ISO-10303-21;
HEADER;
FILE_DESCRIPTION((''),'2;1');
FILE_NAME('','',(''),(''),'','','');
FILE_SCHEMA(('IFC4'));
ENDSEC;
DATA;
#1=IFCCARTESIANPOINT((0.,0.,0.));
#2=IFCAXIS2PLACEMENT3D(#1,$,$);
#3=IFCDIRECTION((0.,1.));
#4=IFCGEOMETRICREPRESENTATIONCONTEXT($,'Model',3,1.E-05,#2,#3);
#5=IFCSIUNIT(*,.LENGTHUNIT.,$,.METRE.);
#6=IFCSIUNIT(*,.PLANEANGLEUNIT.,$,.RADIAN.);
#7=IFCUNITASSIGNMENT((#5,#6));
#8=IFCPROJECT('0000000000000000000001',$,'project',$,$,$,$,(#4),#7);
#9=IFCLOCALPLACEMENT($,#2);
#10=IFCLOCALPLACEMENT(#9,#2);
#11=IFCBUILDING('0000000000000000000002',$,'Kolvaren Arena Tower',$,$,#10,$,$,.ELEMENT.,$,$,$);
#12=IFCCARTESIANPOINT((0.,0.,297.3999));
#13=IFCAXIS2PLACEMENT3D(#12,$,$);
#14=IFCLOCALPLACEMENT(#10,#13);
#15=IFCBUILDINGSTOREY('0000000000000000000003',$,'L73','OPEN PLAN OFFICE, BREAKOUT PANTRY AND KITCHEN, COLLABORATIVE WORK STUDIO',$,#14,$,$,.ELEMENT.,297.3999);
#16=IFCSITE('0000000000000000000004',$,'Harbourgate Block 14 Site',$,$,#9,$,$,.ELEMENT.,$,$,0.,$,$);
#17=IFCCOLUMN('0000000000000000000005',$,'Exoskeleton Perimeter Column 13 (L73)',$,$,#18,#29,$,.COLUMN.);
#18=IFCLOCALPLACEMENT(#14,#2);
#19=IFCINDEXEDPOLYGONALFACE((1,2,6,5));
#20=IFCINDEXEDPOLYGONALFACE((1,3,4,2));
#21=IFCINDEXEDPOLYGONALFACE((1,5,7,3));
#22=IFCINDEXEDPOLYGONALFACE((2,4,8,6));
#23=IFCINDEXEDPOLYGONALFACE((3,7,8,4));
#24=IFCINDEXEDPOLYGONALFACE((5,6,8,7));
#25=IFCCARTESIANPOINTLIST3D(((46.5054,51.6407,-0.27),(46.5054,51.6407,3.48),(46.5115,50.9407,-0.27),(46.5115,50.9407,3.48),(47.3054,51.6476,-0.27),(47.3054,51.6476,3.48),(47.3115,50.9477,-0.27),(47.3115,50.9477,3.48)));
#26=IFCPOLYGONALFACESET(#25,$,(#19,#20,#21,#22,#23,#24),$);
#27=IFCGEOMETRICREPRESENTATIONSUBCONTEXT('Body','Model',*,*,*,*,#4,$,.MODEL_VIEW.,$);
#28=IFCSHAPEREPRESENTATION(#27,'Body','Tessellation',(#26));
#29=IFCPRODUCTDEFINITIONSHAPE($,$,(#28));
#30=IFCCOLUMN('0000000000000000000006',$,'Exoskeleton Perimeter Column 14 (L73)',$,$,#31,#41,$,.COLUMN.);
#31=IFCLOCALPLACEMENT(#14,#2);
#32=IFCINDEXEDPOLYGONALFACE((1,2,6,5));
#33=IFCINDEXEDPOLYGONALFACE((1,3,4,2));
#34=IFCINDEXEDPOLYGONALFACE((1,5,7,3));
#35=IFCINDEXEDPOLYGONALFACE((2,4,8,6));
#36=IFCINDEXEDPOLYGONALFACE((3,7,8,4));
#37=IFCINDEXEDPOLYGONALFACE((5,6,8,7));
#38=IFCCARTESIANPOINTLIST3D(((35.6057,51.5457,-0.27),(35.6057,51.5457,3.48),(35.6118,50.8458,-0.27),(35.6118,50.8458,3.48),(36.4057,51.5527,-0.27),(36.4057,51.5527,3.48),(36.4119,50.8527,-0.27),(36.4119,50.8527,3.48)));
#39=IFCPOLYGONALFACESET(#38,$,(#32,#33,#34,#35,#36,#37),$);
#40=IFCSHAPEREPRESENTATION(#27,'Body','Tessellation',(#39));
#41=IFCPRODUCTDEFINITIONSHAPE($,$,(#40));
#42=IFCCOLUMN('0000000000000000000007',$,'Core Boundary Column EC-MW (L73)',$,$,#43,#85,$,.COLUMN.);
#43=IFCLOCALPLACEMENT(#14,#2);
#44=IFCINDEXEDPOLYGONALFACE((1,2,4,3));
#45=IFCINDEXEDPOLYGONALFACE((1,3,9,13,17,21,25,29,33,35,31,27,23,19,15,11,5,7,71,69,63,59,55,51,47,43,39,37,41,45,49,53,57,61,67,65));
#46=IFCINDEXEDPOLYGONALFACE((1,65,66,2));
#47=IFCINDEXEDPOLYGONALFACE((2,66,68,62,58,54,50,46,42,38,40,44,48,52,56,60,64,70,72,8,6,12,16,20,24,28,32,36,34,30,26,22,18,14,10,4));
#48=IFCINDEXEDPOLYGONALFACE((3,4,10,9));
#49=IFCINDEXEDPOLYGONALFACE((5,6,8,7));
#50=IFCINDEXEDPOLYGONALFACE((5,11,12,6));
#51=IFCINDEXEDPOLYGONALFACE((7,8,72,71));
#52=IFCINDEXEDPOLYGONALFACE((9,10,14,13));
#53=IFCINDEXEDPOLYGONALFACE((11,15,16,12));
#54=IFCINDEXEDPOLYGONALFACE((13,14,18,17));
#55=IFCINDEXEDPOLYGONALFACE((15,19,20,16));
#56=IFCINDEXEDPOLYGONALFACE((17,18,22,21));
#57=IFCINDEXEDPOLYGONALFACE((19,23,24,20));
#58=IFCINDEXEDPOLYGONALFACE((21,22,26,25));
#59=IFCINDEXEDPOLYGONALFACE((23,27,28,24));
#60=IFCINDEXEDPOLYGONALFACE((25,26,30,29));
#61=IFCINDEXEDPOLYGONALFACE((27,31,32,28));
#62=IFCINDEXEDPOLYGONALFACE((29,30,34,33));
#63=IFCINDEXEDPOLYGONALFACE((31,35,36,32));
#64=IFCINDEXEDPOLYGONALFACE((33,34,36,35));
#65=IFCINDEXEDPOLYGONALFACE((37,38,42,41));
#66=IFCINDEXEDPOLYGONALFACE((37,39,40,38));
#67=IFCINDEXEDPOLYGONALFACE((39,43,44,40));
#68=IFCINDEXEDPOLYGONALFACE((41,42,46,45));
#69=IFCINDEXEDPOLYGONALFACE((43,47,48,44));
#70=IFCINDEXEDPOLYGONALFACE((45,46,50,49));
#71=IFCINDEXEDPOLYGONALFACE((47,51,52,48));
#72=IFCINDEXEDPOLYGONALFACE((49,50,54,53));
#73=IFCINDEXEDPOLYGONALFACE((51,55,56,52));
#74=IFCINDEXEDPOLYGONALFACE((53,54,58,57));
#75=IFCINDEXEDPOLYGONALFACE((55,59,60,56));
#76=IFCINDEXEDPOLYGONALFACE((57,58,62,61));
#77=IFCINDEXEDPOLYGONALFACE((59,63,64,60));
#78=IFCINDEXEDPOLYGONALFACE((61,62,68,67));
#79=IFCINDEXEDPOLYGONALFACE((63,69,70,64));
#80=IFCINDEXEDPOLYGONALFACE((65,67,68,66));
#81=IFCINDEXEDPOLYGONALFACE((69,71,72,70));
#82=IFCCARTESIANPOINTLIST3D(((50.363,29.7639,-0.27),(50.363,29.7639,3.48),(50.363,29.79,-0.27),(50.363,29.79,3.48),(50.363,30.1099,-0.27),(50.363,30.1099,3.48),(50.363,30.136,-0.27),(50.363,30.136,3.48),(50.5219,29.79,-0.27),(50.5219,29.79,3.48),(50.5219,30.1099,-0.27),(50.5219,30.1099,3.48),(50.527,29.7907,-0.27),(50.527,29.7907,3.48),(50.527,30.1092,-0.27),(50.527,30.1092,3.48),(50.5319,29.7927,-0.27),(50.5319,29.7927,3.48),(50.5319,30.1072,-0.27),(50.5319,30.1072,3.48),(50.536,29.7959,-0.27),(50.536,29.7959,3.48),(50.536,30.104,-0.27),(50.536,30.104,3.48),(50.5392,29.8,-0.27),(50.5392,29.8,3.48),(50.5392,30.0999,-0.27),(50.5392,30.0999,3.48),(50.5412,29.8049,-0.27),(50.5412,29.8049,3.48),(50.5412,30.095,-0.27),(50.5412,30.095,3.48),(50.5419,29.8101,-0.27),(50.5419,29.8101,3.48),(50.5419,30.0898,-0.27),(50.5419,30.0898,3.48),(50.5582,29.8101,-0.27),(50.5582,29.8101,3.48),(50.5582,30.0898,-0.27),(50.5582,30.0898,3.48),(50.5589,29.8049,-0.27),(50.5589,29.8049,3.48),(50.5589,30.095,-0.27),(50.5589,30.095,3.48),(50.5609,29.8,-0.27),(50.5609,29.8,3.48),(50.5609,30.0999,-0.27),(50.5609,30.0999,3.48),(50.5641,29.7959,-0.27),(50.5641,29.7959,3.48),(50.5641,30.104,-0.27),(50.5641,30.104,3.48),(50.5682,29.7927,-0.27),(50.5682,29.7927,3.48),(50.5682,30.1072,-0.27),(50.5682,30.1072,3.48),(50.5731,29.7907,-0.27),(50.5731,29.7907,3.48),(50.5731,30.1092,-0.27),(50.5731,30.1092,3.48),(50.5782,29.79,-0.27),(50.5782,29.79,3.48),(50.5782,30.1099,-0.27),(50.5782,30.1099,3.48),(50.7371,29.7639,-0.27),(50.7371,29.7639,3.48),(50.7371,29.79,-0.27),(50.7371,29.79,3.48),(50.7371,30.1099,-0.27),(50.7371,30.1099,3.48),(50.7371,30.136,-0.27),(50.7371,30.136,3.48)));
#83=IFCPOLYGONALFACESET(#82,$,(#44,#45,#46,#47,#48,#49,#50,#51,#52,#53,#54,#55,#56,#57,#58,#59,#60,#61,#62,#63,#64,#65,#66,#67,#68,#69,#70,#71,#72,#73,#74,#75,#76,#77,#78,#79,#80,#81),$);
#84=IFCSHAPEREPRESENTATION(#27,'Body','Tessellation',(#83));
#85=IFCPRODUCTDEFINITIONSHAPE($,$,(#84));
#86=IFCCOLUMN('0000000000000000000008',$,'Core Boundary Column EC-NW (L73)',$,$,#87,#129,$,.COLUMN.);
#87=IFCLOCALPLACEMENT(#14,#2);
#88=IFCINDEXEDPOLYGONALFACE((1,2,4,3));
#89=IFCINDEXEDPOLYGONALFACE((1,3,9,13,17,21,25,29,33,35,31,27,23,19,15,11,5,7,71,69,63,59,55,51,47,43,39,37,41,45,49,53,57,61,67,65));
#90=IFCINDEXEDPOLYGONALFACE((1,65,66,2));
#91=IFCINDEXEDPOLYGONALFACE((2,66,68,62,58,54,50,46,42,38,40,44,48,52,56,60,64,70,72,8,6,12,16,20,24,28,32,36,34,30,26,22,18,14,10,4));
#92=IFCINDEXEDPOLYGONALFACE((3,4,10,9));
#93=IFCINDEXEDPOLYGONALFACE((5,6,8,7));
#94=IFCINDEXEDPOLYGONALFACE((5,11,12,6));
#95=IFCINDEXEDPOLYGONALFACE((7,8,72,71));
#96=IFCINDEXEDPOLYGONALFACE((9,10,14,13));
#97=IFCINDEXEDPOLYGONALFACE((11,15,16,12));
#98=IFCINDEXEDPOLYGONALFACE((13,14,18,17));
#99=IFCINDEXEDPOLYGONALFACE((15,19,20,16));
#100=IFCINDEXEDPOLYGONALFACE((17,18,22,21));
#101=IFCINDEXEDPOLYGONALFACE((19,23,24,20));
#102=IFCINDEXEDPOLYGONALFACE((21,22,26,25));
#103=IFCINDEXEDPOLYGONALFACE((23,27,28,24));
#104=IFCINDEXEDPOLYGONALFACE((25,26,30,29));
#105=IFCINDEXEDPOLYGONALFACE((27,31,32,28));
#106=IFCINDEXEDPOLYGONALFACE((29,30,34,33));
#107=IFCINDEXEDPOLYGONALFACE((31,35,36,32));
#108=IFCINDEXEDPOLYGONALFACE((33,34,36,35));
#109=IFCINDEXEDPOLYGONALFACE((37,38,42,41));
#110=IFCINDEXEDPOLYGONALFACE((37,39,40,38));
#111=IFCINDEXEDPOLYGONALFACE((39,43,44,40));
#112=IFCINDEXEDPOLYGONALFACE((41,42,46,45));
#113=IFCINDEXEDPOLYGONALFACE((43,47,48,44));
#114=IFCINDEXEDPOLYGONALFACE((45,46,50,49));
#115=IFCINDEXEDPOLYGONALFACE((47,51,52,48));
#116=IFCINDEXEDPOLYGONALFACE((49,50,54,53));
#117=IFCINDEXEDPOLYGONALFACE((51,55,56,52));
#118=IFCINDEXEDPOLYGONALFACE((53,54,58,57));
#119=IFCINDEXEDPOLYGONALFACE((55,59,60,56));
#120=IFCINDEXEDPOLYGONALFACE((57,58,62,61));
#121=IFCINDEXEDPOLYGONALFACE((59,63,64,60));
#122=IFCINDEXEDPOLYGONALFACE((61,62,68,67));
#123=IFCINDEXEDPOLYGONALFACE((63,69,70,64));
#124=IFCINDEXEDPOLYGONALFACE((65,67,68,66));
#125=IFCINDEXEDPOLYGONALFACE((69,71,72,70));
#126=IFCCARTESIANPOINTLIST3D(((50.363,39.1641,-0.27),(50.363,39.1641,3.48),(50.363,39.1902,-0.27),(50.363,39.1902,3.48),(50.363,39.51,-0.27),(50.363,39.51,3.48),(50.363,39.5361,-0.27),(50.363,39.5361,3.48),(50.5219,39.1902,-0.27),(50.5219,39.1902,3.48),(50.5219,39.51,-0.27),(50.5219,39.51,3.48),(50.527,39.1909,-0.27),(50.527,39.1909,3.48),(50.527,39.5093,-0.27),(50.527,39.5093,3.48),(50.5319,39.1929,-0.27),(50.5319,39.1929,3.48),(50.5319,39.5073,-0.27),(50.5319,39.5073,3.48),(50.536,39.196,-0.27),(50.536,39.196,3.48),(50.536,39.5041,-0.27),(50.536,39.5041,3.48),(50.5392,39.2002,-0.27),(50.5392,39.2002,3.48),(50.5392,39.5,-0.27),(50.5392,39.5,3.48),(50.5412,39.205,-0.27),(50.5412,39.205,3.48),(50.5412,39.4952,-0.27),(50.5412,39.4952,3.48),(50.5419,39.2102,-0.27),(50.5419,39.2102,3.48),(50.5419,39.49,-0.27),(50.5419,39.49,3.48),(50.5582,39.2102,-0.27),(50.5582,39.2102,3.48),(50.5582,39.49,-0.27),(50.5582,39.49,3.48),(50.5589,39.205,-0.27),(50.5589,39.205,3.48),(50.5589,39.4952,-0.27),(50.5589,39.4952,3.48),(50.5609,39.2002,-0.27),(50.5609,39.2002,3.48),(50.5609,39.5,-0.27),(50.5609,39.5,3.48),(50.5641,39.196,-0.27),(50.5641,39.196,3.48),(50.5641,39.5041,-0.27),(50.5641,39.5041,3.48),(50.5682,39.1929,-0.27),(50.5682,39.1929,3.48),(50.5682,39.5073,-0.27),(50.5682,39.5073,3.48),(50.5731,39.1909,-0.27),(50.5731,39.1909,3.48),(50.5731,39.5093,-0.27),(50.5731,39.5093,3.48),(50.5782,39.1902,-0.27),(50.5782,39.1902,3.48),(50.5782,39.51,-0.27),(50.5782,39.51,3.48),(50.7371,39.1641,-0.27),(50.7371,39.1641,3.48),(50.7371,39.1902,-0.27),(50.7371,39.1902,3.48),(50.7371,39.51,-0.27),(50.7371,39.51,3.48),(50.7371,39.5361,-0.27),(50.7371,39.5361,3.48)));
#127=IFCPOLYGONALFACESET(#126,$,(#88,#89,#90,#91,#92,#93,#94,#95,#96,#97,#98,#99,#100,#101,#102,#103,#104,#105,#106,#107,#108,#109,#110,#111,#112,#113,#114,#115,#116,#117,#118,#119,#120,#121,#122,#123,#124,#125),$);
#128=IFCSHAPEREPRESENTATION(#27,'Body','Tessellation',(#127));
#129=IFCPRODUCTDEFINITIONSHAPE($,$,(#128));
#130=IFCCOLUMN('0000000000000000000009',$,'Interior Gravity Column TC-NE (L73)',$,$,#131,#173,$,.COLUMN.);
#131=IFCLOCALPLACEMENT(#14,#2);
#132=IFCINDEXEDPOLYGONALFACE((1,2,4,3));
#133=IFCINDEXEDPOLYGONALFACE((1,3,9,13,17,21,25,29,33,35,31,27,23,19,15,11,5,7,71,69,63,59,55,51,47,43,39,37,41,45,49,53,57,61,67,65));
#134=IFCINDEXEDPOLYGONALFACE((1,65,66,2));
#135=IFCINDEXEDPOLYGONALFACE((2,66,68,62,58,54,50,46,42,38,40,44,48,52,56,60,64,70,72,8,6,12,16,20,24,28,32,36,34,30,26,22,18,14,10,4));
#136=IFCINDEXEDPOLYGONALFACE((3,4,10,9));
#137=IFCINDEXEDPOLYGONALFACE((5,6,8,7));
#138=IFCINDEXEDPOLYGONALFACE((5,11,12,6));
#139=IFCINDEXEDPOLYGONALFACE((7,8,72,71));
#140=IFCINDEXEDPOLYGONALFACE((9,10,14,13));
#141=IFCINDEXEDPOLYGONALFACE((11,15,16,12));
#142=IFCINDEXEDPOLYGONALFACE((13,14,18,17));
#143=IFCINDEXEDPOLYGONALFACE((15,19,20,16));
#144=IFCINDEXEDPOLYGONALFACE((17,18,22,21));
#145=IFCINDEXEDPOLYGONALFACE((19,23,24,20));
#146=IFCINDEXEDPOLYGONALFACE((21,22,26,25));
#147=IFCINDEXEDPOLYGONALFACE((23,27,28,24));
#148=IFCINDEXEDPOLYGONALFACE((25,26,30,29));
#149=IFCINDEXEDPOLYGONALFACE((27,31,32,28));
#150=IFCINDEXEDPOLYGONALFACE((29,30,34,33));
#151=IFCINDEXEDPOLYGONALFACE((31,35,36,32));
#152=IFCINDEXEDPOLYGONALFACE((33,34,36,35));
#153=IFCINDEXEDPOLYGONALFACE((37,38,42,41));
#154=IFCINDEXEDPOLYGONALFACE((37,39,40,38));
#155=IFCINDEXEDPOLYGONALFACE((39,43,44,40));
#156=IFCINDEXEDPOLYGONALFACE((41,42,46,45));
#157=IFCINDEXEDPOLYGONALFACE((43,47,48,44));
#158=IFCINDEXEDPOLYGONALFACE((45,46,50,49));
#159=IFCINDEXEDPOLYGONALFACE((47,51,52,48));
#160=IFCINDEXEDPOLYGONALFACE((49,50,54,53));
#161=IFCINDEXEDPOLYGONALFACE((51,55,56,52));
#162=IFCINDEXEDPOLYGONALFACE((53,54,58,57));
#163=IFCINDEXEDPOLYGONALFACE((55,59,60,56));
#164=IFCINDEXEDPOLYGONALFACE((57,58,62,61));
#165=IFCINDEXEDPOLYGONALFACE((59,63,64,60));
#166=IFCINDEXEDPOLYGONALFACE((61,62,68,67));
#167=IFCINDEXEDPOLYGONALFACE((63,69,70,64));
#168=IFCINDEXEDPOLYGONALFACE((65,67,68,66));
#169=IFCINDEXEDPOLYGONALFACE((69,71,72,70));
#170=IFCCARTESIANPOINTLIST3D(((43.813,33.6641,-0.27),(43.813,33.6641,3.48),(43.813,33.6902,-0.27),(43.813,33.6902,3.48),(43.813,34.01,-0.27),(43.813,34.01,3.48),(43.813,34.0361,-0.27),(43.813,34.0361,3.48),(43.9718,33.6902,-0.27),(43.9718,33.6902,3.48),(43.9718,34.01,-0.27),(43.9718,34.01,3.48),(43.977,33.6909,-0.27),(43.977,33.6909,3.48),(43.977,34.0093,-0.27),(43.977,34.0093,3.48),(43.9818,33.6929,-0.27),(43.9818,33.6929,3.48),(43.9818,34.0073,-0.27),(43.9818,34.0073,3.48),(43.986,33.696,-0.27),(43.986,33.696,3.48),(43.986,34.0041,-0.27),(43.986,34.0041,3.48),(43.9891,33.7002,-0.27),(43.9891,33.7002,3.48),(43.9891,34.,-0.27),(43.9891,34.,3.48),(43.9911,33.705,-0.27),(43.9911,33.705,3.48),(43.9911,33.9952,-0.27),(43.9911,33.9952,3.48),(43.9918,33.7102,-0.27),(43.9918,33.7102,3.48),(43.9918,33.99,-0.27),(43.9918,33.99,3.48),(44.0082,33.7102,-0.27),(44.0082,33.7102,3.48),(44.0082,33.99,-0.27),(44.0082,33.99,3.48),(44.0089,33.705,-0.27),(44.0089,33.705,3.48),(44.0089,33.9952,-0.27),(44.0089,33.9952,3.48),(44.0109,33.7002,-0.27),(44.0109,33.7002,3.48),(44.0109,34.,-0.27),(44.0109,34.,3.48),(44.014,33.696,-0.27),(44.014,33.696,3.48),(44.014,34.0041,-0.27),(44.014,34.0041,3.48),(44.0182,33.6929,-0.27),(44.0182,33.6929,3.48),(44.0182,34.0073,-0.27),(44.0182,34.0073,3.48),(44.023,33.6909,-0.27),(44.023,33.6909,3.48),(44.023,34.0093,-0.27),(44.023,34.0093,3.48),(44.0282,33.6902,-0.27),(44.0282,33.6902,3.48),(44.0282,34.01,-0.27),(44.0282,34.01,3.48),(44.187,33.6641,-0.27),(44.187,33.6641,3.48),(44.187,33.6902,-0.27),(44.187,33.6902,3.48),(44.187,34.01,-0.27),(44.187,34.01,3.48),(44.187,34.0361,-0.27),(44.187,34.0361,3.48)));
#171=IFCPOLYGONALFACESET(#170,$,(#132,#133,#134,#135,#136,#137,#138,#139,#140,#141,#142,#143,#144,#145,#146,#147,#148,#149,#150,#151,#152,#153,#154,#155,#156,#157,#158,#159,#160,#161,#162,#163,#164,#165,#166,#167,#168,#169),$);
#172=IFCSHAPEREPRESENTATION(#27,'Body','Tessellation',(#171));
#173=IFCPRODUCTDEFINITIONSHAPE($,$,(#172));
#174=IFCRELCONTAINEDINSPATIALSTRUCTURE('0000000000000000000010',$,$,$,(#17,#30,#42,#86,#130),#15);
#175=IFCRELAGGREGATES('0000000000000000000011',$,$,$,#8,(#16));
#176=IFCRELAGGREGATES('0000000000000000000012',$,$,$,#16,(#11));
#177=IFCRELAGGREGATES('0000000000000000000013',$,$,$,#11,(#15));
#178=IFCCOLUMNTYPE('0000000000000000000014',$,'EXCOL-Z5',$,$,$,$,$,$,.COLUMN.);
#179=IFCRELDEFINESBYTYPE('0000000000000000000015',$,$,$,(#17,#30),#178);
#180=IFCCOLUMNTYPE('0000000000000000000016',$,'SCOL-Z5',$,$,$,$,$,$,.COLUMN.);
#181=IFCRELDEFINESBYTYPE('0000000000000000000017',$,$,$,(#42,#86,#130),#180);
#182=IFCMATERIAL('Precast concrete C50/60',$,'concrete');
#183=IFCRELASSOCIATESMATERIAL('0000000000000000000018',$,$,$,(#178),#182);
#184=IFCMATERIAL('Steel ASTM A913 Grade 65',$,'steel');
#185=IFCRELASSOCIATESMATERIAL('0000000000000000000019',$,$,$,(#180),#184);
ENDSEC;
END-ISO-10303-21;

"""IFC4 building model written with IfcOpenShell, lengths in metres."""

from ifc_helpers import new_model, si_unit, direction, frame, origin, origin_2d, place, context, subcontext, project, spatial, rectangle, i_section, extrude, material, material_profile, profile_set, type_object, element, save


model = new_model("IFC4")

# Units and contexts
model_context = context("Model", 3, precision=1e-05, world=origin(), true_north=direction((0.0, 1.0)))
body_context = subcontext(model_context, "Body", "Model", "MODEL_VIEW")
ifc_project = project(units=[si_unit("LENGTHUNIT", "METRE"), si_unit("PLANEANGLEUNIT", "RADIAN")], contexts=[model_context])

# Site, building, storey
site_placement = place(None, origin())
site = spatial("IfcSite", under=ifc_project, at=site_placement, Name="Harbourgate Block 14 Site", CompositionType="ELEMENT", RefElevation=0.0)
building_placement = place(site_placement, origin())
building = spatial("IfcBuilding", under=site, at=building_placement, Name="Kolvaren Arena Tower", CompositionType="ELEMENT")
storey_placement = place(building_placement, frame((0.0, 0.0, 297.3999)))
storey = spatial("IfcBuildingStorey", under=building, at=storey_placement, Name="L73", Description="OPEN PLAN OFFICE, BREAKOUT PANTRY AND KITCHEN, COLLABORATIVE WORK STUDIO", CompositionType="ELEMENT", Elevation=297.3999)

# Columns
ifc_material_1 = material(Name="Precast concrete C50/60", Category="concrete")
ifc_material_profile_1 = material_profile(ifc_material_1, rectangle(XDim=0.8, YDim=0.7, at=origin_2d()), Name="RC-800x700")
ifc_profile_set_1 = profile_set([ifc_material_profile_1], Name="Precast concrete C50/60")
column_type_1 = type_object("IfcColumnType", Name="EXCOL-Z5", PredefinedType="COLUMN", material=ifc_profile_set_1)
for number, where, z_axis, x_axis, name in (
    (1, (46.9084, 51.2942, -0.27), (0.0, 0.0, 1.0), (0.999962, 0.008727, 0.0), "Exoskeleton Perimeter Column 13 (L73)"),
    (2, (36.0088, 51.1992, -0.27), (0.0, 0.0, 1.0), (0.999962, 0.008727, 0.0), "Exoskeleton Perimeter Column 14 (L73)"),
):
    element("IfcColumn", number, at=place(storey_placement, frame(where, z_axis=z_axis, x_axis=x_axis)), inside=storey, type_object=column_type_1, Name=name, PredefinedType="COLUMN", context=body_context, shape_type="SweptSolid", body=[
        extrude(rectangle(XDim=0.8, YDim=0.7, at=origin_2d()), origin(), (0.0, 0.0, 1.0), 3.75),
    ])
ifc_material_2 = material(Name="Steel ASTM A913 Grade 65", Category="steel")
ifc_material_profile_2 = material_profile(ifc_material_2, i_section(OverallWidth=0.374, OverallDepth=0.3721, WebThickness=0.0164, FlangeThickness=0.0261, FilletRadius=0.02, at=origin_2d()), Name="W360x196")
ifc_profile_set_2 = profile_set([ifc_material_profile_2], Name="Steel ASTM A913 Grade 65")
column_type_2 = type_object("IfcColumnType", Name="SCOL-Z5", PredefinedType="COLUMN", material=ifc_profile_set_2)
for number, where, z_axis, x_axis, name in (
    (3, (50.55, 29.95, -0.27), (0.0, 0.0, 1.0), (1.0, 0.0, 0.0), "Core Boundary Column EC-MW (L73)"),
    (4, (50.55, 39.3501, -0.27), (0.0, 0.0, 1.0), (1.0, 0.0, 0.0), "Core Boundary Column EC-NW (L73)"),
    (5, (44.0, 33.8501, -0.27), (0.0, 0.0, 1.0), (1.0, 0.0, 0.0), "Interior Gravity Column TC-NE (L73)"),
):
    element("IfcColumn", number, at=place(storey_placement, frame(where, z_axis=z_axis, x_axis=x_axis)), inside=storey, type_object=column_type_2, Name=name, PredefinedType="COLUMN", context=body_context, shape_type="SweptSolid", body=[
        extrude(i_section(OverallWidth=0.374, OverallDepth=0.3721, WebThickness=0.0164, FlangeThickness=0.0261, FilletRadius=0.02, at=origin_2d()), origin(), (0.0, 0.0, 1.0), 3.75),
    ])

save(model, "model.ifc")
